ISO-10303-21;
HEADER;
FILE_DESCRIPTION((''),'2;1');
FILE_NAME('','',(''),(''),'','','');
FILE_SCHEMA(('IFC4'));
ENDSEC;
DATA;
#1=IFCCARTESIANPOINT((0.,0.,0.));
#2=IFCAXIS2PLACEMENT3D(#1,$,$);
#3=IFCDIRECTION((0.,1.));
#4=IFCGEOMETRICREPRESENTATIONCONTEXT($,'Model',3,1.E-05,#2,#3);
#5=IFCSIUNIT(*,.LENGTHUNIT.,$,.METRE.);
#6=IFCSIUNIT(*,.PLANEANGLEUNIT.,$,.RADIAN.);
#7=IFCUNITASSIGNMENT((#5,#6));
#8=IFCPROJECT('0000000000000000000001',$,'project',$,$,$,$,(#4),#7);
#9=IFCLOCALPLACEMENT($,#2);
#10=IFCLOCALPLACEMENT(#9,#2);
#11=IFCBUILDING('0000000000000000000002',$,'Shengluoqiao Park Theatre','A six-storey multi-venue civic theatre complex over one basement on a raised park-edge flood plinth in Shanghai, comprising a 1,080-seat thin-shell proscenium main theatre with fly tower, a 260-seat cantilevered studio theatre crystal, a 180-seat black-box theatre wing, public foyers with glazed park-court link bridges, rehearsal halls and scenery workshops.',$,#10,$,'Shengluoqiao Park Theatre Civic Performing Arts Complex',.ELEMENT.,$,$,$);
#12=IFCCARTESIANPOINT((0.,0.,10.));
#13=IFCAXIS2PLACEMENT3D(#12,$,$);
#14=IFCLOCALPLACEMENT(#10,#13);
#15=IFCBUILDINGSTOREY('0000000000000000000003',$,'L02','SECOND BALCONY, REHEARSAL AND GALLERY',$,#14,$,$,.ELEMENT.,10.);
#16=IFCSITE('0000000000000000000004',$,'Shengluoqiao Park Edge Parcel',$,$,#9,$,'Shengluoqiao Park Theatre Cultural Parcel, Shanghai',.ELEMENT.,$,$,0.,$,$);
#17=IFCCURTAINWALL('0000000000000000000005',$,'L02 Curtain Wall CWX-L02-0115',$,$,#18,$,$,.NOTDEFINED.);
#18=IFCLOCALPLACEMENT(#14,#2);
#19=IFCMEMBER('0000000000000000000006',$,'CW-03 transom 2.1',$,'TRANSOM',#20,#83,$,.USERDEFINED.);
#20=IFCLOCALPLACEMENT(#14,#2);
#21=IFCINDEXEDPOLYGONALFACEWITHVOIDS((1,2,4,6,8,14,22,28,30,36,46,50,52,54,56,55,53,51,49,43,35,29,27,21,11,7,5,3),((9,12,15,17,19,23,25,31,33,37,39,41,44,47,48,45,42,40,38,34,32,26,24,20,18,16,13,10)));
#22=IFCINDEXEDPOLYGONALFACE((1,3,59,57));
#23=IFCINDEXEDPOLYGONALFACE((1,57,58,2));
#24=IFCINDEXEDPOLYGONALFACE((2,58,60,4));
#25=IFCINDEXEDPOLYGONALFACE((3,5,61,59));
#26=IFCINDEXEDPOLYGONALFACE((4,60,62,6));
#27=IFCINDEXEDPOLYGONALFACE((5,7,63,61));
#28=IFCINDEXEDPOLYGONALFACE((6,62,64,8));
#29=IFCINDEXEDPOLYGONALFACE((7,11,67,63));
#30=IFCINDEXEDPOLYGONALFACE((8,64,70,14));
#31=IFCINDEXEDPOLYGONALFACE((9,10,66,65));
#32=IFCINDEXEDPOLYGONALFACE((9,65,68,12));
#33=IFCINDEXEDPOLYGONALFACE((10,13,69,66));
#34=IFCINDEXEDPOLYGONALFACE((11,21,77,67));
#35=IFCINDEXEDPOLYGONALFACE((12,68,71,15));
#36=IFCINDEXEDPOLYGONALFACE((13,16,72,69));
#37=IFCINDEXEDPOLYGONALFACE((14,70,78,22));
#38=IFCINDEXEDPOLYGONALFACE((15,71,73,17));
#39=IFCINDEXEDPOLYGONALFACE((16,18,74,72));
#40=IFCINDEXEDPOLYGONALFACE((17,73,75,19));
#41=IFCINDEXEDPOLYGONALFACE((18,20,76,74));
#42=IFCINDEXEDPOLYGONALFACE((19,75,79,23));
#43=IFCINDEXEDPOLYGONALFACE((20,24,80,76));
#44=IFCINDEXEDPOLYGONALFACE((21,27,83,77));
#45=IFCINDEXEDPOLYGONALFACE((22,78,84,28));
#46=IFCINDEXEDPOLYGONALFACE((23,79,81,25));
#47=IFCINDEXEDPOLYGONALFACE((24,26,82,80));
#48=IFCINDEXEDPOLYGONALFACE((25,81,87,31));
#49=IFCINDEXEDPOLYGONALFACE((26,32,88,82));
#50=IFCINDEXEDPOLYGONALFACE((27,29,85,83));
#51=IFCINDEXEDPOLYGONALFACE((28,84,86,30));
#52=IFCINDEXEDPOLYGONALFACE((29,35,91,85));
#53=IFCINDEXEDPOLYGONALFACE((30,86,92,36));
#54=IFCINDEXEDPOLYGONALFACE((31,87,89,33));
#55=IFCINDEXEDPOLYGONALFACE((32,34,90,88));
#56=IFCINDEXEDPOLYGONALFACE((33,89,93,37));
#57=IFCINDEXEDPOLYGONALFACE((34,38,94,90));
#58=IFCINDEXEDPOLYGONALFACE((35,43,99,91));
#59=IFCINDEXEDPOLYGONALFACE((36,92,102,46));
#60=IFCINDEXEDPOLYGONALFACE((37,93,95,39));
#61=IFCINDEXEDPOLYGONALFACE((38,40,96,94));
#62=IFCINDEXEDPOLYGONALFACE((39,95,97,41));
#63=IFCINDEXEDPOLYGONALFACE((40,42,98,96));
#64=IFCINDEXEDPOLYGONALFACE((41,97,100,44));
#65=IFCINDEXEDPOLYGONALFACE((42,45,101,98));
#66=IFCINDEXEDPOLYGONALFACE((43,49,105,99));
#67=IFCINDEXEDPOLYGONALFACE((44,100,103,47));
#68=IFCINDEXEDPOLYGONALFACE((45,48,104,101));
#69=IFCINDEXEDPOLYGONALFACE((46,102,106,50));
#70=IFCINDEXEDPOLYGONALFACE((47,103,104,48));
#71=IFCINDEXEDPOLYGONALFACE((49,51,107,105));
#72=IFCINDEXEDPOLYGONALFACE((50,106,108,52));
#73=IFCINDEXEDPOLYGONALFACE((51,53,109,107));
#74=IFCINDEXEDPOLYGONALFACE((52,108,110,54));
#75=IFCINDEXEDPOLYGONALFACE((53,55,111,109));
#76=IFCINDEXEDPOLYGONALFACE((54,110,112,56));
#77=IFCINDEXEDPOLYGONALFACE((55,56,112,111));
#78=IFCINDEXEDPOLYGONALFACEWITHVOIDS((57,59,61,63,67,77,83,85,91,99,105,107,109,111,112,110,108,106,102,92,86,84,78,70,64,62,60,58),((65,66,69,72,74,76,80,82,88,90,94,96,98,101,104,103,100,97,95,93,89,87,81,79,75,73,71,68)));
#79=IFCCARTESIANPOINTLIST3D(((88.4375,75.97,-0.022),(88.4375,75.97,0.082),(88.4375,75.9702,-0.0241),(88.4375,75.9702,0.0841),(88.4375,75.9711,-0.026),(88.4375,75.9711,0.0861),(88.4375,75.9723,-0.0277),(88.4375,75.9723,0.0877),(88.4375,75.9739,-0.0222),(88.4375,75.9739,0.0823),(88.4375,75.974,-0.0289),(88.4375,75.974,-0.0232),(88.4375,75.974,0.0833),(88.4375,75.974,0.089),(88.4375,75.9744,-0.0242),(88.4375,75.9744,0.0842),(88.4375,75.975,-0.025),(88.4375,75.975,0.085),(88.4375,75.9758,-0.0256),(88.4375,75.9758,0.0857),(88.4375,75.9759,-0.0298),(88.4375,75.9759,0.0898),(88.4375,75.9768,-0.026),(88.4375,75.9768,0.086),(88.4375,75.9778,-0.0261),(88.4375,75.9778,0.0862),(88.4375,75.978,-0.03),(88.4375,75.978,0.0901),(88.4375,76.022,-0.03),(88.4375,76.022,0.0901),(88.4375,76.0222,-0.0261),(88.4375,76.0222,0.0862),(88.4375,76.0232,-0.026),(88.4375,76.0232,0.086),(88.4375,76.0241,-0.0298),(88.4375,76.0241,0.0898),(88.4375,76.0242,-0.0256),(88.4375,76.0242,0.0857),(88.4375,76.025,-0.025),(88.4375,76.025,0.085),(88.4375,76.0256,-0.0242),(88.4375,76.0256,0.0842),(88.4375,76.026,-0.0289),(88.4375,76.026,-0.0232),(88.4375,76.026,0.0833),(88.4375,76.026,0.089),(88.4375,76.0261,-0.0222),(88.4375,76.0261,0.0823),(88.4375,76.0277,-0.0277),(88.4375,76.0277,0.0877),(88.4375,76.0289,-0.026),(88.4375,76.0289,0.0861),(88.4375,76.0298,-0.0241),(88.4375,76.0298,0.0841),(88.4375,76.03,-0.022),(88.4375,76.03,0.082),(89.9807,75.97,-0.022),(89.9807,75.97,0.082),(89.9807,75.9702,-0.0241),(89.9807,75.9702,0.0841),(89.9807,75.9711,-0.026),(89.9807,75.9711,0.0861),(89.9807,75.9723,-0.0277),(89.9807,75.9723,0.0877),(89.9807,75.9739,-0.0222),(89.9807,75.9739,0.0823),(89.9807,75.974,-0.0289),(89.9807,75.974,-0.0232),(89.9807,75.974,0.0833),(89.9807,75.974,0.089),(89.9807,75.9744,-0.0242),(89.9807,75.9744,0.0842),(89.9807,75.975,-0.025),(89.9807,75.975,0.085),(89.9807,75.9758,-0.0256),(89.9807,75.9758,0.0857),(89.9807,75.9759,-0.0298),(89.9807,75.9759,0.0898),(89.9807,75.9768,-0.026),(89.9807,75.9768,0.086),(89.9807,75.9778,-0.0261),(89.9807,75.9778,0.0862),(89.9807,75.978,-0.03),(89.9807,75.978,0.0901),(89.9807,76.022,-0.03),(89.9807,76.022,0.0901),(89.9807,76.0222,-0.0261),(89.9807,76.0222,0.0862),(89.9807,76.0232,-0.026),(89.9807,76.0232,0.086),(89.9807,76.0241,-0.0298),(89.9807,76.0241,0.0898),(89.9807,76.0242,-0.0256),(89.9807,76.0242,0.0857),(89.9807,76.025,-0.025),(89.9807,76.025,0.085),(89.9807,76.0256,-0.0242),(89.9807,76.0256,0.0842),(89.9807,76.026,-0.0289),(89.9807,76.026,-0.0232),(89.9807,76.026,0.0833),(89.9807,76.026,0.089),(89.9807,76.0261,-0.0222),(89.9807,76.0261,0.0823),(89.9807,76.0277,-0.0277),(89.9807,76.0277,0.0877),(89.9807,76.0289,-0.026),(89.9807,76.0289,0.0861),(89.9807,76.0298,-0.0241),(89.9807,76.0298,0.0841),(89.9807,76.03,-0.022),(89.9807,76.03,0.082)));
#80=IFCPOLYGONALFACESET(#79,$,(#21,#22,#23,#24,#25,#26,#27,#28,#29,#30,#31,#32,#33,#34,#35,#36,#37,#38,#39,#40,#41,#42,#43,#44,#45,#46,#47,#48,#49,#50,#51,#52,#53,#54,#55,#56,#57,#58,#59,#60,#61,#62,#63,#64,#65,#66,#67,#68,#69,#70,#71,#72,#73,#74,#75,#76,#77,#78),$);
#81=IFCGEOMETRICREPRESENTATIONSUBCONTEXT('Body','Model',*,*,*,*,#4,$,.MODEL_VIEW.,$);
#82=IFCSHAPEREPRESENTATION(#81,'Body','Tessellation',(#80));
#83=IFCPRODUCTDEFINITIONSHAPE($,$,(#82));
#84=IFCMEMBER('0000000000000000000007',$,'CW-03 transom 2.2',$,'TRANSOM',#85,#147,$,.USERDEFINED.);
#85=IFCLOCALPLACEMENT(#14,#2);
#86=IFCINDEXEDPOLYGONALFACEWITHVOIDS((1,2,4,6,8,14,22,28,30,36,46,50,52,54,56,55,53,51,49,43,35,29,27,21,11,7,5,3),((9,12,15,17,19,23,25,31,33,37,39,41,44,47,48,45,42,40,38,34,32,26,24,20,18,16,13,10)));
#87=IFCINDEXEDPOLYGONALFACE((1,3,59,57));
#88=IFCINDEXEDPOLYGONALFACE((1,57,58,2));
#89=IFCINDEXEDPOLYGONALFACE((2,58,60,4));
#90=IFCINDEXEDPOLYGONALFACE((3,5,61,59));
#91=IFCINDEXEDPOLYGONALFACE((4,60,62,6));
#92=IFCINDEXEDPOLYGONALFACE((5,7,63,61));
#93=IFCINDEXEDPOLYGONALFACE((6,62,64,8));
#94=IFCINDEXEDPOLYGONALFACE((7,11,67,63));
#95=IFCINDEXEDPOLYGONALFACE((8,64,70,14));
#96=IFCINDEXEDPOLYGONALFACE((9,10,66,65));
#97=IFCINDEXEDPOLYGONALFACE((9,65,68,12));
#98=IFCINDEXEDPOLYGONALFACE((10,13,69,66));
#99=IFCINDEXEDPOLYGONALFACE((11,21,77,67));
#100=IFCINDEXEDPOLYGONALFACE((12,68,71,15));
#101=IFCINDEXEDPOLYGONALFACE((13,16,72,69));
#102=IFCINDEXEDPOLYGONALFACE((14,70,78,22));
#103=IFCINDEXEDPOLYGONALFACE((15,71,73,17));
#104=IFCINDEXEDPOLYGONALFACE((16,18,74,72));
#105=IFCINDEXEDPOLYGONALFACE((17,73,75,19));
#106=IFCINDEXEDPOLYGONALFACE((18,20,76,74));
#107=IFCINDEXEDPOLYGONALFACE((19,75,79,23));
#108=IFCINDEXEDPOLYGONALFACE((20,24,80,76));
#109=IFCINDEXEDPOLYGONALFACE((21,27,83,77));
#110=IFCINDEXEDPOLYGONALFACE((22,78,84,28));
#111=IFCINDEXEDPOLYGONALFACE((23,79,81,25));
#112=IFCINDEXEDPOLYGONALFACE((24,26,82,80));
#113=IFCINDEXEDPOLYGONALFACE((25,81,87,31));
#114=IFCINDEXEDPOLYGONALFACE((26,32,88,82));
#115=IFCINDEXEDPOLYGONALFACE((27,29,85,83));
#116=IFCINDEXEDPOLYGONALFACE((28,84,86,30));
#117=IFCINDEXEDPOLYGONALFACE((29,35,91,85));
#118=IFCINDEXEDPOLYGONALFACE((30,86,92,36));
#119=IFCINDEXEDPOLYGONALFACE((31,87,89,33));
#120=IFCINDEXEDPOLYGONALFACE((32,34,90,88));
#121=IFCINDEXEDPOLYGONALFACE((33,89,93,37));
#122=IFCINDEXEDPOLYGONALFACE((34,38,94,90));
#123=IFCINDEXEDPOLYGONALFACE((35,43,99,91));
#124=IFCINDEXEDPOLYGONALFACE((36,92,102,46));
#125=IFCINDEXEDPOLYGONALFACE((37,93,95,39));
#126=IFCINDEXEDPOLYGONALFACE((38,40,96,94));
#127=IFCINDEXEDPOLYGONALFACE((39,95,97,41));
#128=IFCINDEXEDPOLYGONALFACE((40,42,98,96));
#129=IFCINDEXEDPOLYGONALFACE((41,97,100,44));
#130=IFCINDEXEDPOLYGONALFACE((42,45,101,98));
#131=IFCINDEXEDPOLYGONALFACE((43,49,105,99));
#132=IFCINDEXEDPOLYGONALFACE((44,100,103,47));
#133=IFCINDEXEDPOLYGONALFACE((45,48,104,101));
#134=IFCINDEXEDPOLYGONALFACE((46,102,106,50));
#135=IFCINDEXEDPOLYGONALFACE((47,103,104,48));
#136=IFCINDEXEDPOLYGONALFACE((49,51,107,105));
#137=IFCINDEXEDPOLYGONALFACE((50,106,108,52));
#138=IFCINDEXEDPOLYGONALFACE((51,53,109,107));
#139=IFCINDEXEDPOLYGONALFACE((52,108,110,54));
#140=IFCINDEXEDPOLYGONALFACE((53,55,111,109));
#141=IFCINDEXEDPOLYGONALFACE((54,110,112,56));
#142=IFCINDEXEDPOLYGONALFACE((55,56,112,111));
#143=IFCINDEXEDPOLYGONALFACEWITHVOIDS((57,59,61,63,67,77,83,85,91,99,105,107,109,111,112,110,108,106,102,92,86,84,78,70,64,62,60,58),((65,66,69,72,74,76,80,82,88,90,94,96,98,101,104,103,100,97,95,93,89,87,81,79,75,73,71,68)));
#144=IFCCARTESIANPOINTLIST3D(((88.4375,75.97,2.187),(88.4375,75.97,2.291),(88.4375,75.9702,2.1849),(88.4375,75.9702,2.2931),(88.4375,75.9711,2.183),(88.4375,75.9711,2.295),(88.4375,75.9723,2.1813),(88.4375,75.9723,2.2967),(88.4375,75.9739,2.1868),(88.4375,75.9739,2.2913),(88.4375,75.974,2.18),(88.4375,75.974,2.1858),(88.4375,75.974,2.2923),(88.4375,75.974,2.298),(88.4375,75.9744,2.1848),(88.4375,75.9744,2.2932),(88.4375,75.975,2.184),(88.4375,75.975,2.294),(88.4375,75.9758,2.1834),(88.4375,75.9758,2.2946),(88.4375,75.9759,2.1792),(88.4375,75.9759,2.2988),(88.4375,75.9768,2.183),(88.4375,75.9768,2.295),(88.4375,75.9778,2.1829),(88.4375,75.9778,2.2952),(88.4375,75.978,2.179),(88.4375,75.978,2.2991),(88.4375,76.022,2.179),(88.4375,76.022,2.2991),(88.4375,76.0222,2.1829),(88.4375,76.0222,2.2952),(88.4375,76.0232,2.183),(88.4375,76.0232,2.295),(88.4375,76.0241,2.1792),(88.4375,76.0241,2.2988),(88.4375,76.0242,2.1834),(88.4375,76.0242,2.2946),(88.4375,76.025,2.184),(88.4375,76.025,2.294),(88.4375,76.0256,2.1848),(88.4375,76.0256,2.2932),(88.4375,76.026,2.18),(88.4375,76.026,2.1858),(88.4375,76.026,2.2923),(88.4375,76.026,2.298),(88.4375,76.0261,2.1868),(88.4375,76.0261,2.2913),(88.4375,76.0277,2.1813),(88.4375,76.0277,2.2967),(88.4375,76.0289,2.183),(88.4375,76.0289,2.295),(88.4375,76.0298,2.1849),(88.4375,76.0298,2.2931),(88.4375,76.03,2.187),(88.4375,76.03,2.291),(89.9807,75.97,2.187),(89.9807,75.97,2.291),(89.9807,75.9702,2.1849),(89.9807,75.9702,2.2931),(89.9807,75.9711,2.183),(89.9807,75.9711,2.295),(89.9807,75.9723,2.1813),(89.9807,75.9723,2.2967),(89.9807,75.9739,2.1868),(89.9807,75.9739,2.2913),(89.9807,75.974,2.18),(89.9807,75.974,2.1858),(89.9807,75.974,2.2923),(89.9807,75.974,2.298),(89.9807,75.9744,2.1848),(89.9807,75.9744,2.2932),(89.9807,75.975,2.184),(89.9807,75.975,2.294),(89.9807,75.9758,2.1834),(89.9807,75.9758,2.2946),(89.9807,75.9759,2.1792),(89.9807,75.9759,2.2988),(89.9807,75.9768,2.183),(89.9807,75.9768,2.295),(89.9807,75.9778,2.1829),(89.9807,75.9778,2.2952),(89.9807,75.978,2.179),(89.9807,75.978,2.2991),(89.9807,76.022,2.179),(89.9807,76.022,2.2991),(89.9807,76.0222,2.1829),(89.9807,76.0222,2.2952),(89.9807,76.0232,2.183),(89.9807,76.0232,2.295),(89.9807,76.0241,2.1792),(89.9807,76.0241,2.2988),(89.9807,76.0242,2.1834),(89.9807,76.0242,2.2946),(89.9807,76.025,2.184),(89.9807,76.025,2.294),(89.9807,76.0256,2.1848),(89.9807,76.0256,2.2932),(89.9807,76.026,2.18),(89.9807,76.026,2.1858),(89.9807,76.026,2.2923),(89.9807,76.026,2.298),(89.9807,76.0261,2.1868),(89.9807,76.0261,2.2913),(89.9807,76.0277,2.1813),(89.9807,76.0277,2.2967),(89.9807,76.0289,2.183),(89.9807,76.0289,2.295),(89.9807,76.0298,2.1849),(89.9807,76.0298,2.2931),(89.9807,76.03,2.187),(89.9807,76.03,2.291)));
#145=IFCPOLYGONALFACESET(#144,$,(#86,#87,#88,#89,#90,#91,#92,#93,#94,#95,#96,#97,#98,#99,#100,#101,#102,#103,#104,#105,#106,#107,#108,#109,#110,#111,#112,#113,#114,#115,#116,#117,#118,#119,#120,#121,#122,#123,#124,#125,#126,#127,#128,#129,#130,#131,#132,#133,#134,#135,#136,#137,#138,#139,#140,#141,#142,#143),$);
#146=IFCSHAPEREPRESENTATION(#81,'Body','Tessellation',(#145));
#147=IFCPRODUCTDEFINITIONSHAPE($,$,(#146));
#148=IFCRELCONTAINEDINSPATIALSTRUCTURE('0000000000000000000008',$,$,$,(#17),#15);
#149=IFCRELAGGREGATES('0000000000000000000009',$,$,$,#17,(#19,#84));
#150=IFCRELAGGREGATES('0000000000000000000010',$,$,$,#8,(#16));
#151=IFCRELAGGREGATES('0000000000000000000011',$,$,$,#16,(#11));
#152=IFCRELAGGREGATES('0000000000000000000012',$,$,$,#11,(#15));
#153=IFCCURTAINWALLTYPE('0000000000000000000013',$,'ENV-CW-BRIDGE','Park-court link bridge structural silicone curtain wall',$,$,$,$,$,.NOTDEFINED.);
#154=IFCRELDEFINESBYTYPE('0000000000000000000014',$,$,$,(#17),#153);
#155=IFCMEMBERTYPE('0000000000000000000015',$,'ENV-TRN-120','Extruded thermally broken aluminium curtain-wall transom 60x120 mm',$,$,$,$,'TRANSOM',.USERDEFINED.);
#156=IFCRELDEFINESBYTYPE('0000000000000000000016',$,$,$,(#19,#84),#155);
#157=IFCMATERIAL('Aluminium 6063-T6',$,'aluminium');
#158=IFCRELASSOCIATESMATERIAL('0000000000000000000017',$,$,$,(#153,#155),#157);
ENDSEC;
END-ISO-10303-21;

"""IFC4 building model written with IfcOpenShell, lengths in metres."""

from ifc_helpers import new_model, si_unit, direction, frame, origin, origin_2d, place, context, subcontext, project, spatial, hollow_rectangle, extrude, material, material_profile, profile_set, type_object, element, aggregate, save


model = new_model("IFC4")

# Units and contexts
model_context = context("Model", 3, precision=1e-05, world=origin(), true_north=direction((0.0, 1.0)))
body_context = subcontext(model_context, "Body", "Model", "MODEL_VIEW")
ifc_project = project(units=[si_unit("LENGTHUNIT", "METRE"), si_unit("PLANEANGLEUNIT", "RADIAN")], contexts=[model_context])

# Site, building, storey
site_placement = place(None, origin())
site = spatial("IfcSite", under=ifc_project, at=site_placement, Name="Shengluoqiao Park Edge Parcel", LongName="Shengluoqiao Park Theatre Cultural Parcel, Shanghai", CompositionType="ELEMENT", RefElevation=0.0)
building_placement = place(site_placement, origin())
building = spatial("IfcBuilding", under=site, at=building_placement, Name="Shengluoqiao Park Theatre", Description="A six-storey multi-venue civic theatre complex over one basement on a raised park-edge flood plinth in Shanghai, comprising a 1,080-seat thin-shell proscenium main theatre with fly tower, a 260-seat cantilevered studio theatre crystal, a 180-seat black-box theatre wing, public foyers with glazed park-court link bridges, rehearsal halls and scenery workshops.", LongName="Shengluoqiao Park Theatre Civic Performing Arts Complex", CompositionType="ELEMENT")
storey_placement = place(building_placement, frame((0.0, 0.0, 10.0)))
storey = spatial("IfcBuildingStorey", under=building, at=storey_placement, Name="L02", Description="SECOND BALCONY, REHEARSAL AND GALLERY", CompositionType="ELEMENT", Elevation=10.0)

# Curtain wall, members
ifc_material_1 = material(Name="Aluminium 6063-T6", Category="aluminium")
curtain_wall_type = type_object("IfcCurtainWallType", Name="ENV-CW-BRIDGE", Description="Park-court link bridge structural silicone curtain wall", PredefinedType="NOTDEFINED", material=ifc_material_1)
curtain_wall_placement = place(storey_placement, origin())
curtain_wall = element("IfcCurtainWall", 1, at=curtain_wall_placement, inside=storey, type_object=curtain_wall_type, Name="L02 Curtain Wall CWX-L02-0115", PredefinedType="NOTDEFINED")
ifc_material_profile_1 = material_profile(ifc_material_1, hollow_rectangle(XDim=0.0601, YDim=0.1201, WallThickness=0.0039, InnerFilletRadius=0.0039, OuterFilletRadius=0.0081, at=origin_2d()), Name="ALU TRANSOM 120x60x4")
ifc_profile_set_1 = profile_set([ifc_material_profile_1], Name="Aluminium 6063-T6")
member_type_1 = type_object("IfcMemberType", Name="ENV-TRN-120", Description="Extruded thermally broken aluminium curtain-wall transom 60x120 mm", ElementType="TRANSOM", PredefinedType="USERDEFINED", material=ifc_profile_set_1)
member_1_placement = place(storey_placement, frame((88.4375, 76.0, 0.03), z_axis=(1.0, 0.0, 0.0), x_axis=(0.0, 1.0, 0.0)))
member_1 = element("IfcMember", 2, at=member_1_placement, type_object=member_type_1, Name="CW-03 transom 2.1", ObjectType="TRANSOM", PredefinedType="USERDEFINED", context=body_context, shape_type="SweptSolid", body=[
    extrude(hollow_rectangle(XDim=0.0601, YDim=0.1201, WallThickness=0.0039, InnerFilletRadius=0.0039, OuterFilletRadius=0.0081, at=origin_2d()), origin(), (0.0, 0.0, 1.0), 1.5432),
])
member_2_placement = place(storey_placement, frame((88.4375, 76.0, 2.239), z_axis=(1.0, 0.0, 0.0), x_axis=(0.0, 1.0, 0.0)))
member_2 = element("IfcMember", 3, at=member_2_placement, type_object=member_type_1, Name="CW-03 transom 2.2", ObjectType="TRANSOM", PredefinedType="USERDEFINED", context=body_context, shape_type="SweptSolid", body=[
    extrude(hollow_rectangle(XDim=0.0601, YDim=0.1201, WallThickness=0.0039, InnerFilletRadius=0.0039, OuterFilletRadius=0.0081, at=origin_2d()), origin(), (0.0, 0.0, 1.0), 1.5432),
])

aggregate(curtain_wall, [member_1, member_2])

save(model, "model.ifc")
